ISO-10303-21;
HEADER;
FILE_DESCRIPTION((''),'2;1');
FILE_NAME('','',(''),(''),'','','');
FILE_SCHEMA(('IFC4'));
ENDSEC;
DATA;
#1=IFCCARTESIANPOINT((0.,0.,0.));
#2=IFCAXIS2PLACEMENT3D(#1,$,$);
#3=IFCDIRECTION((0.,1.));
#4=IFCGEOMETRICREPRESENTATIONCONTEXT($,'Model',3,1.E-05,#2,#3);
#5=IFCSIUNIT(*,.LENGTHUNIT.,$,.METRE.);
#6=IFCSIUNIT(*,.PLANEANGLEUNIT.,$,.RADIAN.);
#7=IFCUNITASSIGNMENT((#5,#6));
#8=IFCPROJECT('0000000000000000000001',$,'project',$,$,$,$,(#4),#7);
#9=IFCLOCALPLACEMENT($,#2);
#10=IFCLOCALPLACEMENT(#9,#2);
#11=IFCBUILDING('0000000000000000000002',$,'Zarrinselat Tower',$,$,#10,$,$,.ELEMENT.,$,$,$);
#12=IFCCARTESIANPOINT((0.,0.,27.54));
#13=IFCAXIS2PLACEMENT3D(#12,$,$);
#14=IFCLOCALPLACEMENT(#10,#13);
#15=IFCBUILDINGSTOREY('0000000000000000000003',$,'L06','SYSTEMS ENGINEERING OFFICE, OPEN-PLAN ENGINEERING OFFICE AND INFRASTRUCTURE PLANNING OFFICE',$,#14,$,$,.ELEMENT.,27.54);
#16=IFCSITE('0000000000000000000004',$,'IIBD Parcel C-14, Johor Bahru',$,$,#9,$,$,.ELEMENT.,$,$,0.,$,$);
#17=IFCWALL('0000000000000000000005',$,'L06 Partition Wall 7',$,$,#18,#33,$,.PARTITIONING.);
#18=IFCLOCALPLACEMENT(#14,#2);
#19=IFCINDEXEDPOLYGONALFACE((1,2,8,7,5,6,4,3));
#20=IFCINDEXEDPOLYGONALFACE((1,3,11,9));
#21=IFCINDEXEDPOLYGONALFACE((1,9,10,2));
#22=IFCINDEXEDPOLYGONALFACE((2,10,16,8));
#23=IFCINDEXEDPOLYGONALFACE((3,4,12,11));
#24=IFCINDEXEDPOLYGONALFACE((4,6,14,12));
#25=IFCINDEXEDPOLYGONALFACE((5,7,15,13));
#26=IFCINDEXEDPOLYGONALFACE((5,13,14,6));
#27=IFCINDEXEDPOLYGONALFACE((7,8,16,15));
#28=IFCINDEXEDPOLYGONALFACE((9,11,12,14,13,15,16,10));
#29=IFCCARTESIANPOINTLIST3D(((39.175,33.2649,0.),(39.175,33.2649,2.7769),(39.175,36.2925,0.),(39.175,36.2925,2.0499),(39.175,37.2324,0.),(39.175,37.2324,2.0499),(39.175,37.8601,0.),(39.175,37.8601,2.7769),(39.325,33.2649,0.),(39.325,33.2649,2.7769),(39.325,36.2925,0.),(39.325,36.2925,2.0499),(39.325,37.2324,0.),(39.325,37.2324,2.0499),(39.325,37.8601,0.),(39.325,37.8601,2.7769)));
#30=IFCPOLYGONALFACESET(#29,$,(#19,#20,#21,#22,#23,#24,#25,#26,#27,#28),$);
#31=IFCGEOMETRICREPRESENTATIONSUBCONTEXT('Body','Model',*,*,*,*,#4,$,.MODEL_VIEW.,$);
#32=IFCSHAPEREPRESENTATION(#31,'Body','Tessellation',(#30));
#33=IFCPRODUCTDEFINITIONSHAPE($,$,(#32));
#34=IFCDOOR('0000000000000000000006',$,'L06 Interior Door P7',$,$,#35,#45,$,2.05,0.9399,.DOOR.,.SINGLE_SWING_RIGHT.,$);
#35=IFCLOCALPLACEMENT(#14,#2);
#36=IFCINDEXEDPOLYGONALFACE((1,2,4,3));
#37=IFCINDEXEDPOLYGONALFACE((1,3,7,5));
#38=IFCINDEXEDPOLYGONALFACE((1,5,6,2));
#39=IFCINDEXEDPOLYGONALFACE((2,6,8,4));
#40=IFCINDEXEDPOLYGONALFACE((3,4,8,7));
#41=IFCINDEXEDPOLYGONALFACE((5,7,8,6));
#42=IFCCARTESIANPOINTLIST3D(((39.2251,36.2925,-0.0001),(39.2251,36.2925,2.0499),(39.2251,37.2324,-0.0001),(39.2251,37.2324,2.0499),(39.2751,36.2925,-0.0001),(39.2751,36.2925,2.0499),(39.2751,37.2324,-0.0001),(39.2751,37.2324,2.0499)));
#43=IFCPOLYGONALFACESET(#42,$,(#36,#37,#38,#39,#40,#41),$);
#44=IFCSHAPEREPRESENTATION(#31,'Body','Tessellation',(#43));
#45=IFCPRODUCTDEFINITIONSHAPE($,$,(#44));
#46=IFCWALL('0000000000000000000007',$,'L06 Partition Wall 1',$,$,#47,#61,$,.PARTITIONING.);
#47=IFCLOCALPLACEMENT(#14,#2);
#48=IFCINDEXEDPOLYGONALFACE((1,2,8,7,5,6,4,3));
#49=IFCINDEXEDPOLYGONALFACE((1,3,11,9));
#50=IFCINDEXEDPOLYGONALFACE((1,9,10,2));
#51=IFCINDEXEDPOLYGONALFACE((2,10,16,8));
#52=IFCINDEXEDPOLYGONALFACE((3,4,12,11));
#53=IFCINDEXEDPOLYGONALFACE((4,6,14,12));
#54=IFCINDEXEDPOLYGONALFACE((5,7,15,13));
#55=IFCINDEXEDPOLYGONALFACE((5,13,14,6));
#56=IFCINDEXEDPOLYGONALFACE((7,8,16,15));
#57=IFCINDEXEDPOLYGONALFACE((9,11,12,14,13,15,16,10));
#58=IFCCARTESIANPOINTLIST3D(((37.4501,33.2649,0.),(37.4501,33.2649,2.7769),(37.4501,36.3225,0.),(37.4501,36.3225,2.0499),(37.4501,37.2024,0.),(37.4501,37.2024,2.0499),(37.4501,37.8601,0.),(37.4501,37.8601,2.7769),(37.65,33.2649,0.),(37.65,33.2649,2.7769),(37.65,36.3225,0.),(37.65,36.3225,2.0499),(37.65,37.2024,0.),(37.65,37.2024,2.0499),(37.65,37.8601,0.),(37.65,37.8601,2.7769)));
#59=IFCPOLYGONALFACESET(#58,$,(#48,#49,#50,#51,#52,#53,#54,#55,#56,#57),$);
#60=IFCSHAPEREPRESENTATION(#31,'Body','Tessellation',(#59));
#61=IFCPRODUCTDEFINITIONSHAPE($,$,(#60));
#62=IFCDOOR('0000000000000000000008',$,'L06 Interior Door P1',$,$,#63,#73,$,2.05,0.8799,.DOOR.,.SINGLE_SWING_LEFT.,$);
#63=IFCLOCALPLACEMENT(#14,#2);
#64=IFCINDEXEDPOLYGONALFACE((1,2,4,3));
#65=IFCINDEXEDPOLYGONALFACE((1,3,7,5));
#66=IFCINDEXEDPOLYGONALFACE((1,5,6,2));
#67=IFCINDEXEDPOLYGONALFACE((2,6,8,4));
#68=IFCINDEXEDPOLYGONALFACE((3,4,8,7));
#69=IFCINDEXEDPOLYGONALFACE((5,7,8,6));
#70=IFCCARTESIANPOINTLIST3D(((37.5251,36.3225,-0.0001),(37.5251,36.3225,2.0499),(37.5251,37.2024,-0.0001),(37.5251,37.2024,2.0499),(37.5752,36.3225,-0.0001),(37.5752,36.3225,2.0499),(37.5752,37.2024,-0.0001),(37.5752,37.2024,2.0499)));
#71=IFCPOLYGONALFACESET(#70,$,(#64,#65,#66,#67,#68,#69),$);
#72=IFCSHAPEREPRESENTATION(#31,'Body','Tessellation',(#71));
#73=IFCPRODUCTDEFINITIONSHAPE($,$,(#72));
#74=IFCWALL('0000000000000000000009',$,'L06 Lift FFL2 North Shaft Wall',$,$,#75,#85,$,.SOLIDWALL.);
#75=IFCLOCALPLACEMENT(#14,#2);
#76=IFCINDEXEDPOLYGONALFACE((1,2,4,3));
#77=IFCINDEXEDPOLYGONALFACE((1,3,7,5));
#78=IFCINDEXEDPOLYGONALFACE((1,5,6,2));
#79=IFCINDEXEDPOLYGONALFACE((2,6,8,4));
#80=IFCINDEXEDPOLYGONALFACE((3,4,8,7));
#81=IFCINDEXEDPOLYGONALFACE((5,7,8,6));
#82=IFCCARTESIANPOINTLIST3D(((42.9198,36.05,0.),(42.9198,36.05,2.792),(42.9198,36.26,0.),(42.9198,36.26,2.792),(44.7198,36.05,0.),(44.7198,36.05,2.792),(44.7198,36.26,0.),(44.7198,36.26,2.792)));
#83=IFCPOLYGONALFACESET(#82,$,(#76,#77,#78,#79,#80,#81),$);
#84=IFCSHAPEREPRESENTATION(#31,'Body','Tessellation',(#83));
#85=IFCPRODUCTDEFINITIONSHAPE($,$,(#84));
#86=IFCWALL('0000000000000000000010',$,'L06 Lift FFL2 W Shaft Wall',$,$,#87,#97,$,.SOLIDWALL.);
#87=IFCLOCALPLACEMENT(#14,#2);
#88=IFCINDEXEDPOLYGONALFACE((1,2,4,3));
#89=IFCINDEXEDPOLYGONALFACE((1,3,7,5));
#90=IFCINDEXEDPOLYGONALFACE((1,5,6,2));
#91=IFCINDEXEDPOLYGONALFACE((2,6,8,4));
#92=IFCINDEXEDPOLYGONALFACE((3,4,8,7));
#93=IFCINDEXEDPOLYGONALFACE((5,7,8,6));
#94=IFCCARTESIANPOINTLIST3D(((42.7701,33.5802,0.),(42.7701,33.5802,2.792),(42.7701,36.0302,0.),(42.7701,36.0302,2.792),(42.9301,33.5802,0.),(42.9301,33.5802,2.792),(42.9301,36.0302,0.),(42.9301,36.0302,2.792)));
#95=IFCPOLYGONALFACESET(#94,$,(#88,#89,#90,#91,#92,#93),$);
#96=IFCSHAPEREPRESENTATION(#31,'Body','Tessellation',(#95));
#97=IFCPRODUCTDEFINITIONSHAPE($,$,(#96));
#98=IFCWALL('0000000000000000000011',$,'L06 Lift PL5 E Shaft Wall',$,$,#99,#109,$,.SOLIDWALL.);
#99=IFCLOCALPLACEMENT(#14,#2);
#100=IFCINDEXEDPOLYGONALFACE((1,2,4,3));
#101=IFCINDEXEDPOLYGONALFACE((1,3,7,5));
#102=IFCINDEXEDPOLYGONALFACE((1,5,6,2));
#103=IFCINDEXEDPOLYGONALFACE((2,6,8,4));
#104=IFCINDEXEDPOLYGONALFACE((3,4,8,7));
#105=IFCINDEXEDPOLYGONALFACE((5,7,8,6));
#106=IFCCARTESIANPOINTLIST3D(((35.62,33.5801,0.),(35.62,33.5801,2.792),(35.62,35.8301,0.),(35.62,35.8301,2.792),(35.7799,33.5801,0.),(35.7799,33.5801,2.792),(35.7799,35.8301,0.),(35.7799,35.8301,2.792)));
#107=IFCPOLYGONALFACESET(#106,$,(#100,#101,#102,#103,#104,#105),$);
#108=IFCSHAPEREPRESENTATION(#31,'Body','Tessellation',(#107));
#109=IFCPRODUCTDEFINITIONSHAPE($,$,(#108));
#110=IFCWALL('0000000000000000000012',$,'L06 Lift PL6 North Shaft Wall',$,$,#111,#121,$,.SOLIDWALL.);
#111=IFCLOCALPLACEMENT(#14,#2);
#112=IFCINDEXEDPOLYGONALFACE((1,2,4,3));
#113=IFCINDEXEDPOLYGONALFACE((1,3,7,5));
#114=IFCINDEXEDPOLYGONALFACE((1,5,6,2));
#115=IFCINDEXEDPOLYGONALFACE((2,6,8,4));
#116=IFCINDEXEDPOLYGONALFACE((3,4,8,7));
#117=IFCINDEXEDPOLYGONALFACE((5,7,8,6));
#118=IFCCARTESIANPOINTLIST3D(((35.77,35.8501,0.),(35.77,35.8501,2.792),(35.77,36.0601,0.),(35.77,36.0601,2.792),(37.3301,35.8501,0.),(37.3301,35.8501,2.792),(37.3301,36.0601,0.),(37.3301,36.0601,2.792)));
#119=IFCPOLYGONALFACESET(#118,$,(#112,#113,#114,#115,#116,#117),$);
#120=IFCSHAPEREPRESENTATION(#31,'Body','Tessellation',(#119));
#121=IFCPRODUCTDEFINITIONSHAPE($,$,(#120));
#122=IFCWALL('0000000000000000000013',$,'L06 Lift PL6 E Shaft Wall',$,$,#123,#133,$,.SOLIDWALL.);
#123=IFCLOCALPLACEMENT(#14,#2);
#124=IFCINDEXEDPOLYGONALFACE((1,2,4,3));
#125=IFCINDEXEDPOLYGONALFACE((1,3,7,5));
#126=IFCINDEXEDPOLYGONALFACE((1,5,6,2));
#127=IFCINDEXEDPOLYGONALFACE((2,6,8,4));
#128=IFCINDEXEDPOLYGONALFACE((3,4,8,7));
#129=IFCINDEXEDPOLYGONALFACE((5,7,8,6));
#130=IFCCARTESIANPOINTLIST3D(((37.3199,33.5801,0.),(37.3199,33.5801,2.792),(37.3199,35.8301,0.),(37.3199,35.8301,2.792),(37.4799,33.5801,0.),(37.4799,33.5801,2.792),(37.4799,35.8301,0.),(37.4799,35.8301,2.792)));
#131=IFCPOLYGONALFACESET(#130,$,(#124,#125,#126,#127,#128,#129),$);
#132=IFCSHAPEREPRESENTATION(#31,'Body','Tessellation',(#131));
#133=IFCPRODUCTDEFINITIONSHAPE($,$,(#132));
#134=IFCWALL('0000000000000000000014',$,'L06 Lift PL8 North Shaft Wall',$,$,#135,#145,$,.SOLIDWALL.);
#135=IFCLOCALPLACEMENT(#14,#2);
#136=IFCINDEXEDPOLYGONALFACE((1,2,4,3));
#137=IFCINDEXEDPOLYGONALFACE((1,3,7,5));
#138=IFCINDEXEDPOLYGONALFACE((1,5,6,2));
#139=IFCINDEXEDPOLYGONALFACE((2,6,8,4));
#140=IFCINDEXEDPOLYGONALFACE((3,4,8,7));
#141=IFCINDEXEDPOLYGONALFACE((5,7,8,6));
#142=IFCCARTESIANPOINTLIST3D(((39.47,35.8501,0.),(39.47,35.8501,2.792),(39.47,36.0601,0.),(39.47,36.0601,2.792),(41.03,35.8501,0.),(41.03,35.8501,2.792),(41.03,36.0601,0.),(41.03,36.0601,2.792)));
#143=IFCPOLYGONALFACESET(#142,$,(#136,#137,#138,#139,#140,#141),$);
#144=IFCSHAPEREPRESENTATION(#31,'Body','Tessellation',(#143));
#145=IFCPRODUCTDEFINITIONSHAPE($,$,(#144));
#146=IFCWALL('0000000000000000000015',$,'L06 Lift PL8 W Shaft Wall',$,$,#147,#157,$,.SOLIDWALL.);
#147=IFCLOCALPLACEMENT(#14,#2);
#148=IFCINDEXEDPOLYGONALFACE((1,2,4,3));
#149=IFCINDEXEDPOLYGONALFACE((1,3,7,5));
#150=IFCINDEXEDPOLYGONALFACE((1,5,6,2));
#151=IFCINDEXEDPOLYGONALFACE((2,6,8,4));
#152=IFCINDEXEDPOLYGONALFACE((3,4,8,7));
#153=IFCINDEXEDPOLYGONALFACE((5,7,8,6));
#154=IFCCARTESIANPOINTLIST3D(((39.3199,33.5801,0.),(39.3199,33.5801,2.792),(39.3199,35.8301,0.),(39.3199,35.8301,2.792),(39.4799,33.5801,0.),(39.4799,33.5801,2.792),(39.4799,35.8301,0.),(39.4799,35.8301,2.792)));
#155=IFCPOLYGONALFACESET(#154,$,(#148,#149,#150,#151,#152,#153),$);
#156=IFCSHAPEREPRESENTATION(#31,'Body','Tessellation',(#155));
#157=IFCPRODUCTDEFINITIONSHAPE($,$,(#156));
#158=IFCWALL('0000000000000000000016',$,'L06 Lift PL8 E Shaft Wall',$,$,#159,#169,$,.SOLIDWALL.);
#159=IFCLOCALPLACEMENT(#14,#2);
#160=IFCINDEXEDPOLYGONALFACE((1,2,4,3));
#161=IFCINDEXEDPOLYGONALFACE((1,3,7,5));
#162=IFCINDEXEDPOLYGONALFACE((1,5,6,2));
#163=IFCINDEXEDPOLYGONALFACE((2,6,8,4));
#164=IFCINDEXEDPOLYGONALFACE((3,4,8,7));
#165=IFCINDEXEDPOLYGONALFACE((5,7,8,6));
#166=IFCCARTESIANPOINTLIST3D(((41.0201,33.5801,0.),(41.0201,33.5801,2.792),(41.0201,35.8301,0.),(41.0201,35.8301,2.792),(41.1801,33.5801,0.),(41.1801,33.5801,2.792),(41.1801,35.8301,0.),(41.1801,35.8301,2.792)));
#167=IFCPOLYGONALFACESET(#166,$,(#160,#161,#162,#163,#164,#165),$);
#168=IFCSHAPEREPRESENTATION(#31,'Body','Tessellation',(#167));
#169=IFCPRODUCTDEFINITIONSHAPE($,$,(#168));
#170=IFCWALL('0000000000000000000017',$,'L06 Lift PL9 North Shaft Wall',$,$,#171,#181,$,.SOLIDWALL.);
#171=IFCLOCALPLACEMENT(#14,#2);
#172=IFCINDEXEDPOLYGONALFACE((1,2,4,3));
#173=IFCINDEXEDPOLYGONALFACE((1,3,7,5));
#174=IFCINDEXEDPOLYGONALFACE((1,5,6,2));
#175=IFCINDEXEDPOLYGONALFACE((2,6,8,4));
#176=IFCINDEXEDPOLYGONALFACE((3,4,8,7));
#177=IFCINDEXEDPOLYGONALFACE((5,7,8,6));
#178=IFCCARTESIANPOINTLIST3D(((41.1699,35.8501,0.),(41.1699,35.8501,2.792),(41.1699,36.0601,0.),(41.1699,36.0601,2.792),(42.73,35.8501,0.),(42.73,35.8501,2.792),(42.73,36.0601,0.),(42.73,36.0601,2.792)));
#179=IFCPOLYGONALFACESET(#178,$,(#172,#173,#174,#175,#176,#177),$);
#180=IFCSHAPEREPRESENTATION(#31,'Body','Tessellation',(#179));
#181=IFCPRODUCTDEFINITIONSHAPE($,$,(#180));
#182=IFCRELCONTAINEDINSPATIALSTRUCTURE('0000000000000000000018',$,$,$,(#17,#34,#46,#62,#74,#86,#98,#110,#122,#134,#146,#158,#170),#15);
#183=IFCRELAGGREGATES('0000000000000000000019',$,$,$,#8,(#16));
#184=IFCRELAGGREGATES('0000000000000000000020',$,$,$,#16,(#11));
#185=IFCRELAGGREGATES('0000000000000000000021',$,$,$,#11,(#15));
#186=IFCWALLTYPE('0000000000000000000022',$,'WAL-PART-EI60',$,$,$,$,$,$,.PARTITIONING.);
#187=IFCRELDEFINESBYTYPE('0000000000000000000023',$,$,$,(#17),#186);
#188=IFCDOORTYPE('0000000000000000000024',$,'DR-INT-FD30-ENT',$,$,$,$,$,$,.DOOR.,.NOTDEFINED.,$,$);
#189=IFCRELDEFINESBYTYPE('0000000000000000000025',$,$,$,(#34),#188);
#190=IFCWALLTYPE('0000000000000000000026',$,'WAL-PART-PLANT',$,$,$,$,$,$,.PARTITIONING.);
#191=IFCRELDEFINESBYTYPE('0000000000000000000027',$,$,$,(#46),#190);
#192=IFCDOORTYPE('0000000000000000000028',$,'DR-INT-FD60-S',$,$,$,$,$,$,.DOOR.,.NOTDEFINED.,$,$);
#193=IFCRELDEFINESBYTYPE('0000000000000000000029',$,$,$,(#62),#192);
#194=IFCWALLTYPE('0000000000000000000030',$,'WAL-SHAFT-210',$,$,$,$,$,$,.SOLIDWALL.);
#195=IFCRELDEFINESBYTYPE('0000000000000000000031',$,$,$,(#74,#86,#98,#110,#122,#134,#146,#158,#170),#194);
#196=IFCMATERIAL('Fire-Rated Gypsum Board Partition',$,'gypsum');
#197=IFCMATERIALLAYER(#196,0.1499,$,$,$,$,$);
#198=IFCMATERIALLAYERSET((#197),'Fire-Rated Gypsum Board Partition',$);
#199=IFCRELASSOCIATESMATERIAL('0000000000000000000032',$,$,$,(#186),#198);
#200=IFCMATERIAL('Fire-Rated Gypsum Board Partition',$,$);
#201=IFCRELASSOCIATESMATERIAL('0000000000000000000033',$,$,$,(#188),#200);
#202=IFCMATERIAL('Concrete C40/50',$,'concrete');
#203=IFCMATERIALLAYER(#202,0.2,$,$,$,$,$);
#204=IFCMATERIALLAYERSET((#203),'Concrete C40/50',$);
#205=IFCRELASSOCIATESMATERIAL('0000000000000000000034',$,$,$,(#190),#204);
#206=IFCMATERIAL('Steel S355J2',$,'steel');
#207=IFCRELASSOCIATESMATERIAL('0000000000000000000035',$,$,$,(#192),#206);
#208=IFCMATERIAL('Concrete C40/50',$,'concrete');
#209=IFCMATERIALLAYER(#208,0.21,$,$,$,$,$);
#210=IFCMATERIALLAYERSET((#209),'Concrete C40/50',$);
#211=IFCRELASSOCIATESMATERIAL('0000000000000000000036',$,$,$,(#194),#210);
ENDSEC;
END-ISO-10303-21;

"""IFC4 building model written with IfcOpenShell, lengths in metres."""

from ifc_helpers import new_model, si_unit, direction, frame, frame_2d, origin, place, context, subcontext, project, spatial, rectangle, extrude, material, layer, layer_set, type_object, element, fill, save


model = new_model("IFC4")

# Units and contexts
model_context = context("Model", 3, precision=1e-05, world=origin(), true_north=direction((0.0, 1.0)))
body_context = subcontext(model_context, "Body", "Model", "MODEL_VIEW")
ifc_project = project(units=[si_unit("LENGTHUNIT", "METRE"), si_unit("PLANEANGLEUNIT", "RADIAN")], contexts=[model_context])

# Site, building, storey
site_placement = place(None, origin())
site = spatial("IfcSite", under=ifc_project, at=site_placement, Name="IIBD Parcel C-14, Johor Bahru", CompositionType="ELEMENT", RefElevation=0.0)
building_placement = place(site_placement, origin())
building = spatial("IfcBuilding", under=site, at=building_placement, Name="Zarrinselat Tower", CompositionType="ELEMENT")
storey_placement = place(building_placement, frame((0.0, 0.0, 27.54)))
storey = spatial("IfcBuildingStorey", under=building, at=storey_placement, Name="L06", Description="SYSTEMS ENGINEERING OFFICE, OPEN-PLAN ENGINEERING OFFICE AND INFRASTRUCTURE PLANNING OFFICE", CompositionType="ELEMENT", Elevation=27.54)

# Walls, openings, doors
ifc_material_1 = material(Name="Fire-Rated Gypsum Board Partition", Category="gypsum")
ifc_layer_1 = layer(ifc_material_1, 0.1499)
ifc_layer_set_1 = layer_set([ifc_layer_1], Name="Fire-Rated Gypsum Board Partition")
wall_type_1 = type_object("IfcWallType", Name="WAL-PART-EI60", PredefinedType="PARTITIONING", material=ifc_layer_set_1)
wall_1_placement = place(storey_placement, frame((39.25, 33.2649, 0.0), z_axis=(0.0, 0.0, 1.0), x_axis=(0.0, 1.0, 0.0)))
wall_1 = element("IfcWall", 1, at=wall_1_placement, inside=storey, type_object=wall_type_1, Name="L06 Partition Wall 7", PredefinedType="PARTITIONING", context=body_context, shape_type="SweptSolid", body=[
    extrude(rectangle(XDim=4.5952, YDim=0.1499, at=frame_2d((2.2976, 0.0))), origin(), (0.0, 0.0, 1.0), 2.7769),
])
opening_1_placement = place(wall_1_placement, frame((3.0276, 0.0, 0.0)))
opening_1 = element("IfcOpeningElement", 2, at=opening_1_placement, cuts=wall_1, PredefinedType="OPENING", context=body_context, shape_type="SweptSolid", body=[
    extrude(rectangle(XDim=0.9399, YDim=2.05, at=frame_2d((0.47, 1.0249))), frame((0.0, 0.085, 0.0), z_axis=(0.0, -1.0, 0.0), x_axis=(1.0, 0.0, 0.0)), (0.0, 0.0, 1.0), 0.1699),
])
ifc_material_2 = material(Name="Fire-Rated Gypsum Board Partition")
door_type_1 = type_object("IfcDoorType", Name="DR-INT-FD30-ENT", OperationType="NOTDEFINED", PredefinedType="DOOR", material=ifc_material_2)
door_1_placement = place(opening_1_placement, origin())
door_1 = element("IfcDoor", 3, at=door_1_placement, inside=storey, type_object=door_type_1, Name="L06 Interior Door P7", OperationType="SINGLE_SWING_RIGHT", OverallHeight=2.05, OverallWidth=0.9399, PredefinedType="DOOR", context=body_context, shape_type="SweptSolid", body=[
    extrude(rectangle(XDim=0.9399, YDim=2.05, at=frame_2d((0.47, 1.0249))), frame((0.0, 0.0249, 0.0), z_axis=(0.0, -1.0, 0.0), x_axis=(1.0, 0.0, 0.0)), (0.0, 0.0, 1.0), 0.05),
])
fill(opening_1, door_1)
ifc_material_3 = material(Name="Concrete C40/50", Category="concrete")
ifc_layer_2 = layer(ifc_material_3, 0.2)
ifc_layer_set_2 = layer_set([ifc_layer_2], Name="Concrete C40/50")
wall_type_2 = type_object("IfcWallType", Name="WAL-PART-PLANT", PredefinedType="PARTITIONING", material=ifc_layer_set_2)
wall_2_placement = place(storey_placement, frame((37.55, 33.2649, 0.0), z_axis=(0.0, 0.0, 1.0), x_axis=(0.0, 1.0, 0.0)))
wall_2 = element("IfcWall", 4, at=wall_2_placement, inside=storey, type_object=wall_type_2, Name="L06 Partition Wall 1", PredefinedType="PARTITIONING", context=body_context, shape_type="SweptSolid", body=[
    extrude(rectangle(XDim=4.5952, YDim=0.2, at=frame_2d((2.2976, 0.0))), origin(), (0.0, 0.0, 1.0), 2.7769),
])
opening_2_placement = place(wall_2_placement, frame((3.0576, 0.0, 0.0)))
opening_2 = element("IfcOpeningElement", 5, at=opening_2_placement, cuts=wall_2, PredefinedType="OPENING", context=body_context, shape_type="SweptSolid", body=[
    extrude(rectangle(XDim=0.8799, YDim=2.05, at=frame_2d((0.4399, 1.0249))), frame((0.0, 0.1099, 0.0), z_axis=(0.0, -1.0, 0.0), x_axis=(1.0, 0.0, 0.0)), (0.0, 0.0, 1.0), 0.22),
])
ifc_material_4 = material(Name="Steel S355J2", Category="steel")
door_type_2 = type_object("IfcDoorType", Name="DR-INT-FD60-S", OperationType="NOTDEFINED", PredefinedType="DOOR", material=ifc_material_4)
door_2_placement = place(opening_2_placement, origin())
door_2 = element("IfcDoor", 6, at=door_2_placement, inside=storey, type_object=door_type_2, Name="L06 Interior Door P1", OperationType="SINGLE_SWING_LEFT", OverallHeight=2.05, OverallWidth=0.8799, PredefinedType="DOOR", context=body_context, shape_type="SweptSolid", body=[
    extrude(rectangle(XDim=0.8799, YDim=2.05, at=frame_2d((0.4399, 1.0249))), frame((0.0, 0.0249, 0.0), z_axis=(0.0, -1.0, 0.0), x_axis=(1.0, 0.0, 0.0)), (0.0, 0.0, 1.0), 0.05),
])
fill(opening_2, door_2)

# Walls
ifc_material_5 = material(Name="Concrete C40/50", Category="concrete")
ifc_layer_3 = layer(ifc_material_5, 0.21)
ifc_layer_set_3 = layer_set([ifc_layer_3], Name="Concrete C40/50")
wall_type_3 = type_object("IfcWallType", Name="WAL-SHAFT-210", PredefinedType="SOLIDWALL", material=ifc_layer_set_3)
wall_3_placement = place(storey_placement, frame((42.9199, 36.155, 0.0), z_axis=(0.0, 0.0, 1.0), x_axis=(1.0, 0.0, 0.0)))
element("IfcWall", 7, at=wall_3_placement, inside=storey, type_object=wall_type_3, Name="L06 Lift FFL2 North Shaft Wall", PredefinedType="SOLIDWALL", context=body_context, shape_type="SweptSolid", body=[
    extrude(rectangle(XDim=1.8, YDim=0.21, at=frame_2d((0.8999, 0.0))), origin(), (0.0, 0.0, 1.0), 2.792),
])
wall_4_placement = place(storey_placement, frame((42.8501, 33.5801, 0.0), z_axis=(0.0, 0.0, 1.0), x_axis=(0.0, 1.0, 0.0)))
element("IfcWall", 8, at=wall_4_placement, inside=storey, type_object=wall_type_3, Name="L06 Lift FFL2 W Shaft Wall", PredefinedType="SOLIDWALL", context=body_context, shape_type="SweptSolid", body=[
    extrude(rectangle(XDim=2.45, YDim=0.1599, at=frame_2d((1.2251, 0.0))), origin(), (0.0, 0.0, 1.0), 2.792),
])
wall_5_placement = place(storey_placement, frame((35.7, 33.5801, 0.0), z_axis=(0.0, 0.0, 1.0), x_axis=(0.0, 1.0, 0.0)))
element("IfcWall", 9, at=wall_5_placement, inside=storey, type_object=wall_type_3, Name="L06 Lift PL5 E Shaft Wall", PredefinedType="SOLIDWALL", context=body_context, shape_type="SweptSolid", body=[
    extrude(rectangle(XDim=2.25, YDim=0.1599, at=frame_2d((1.125, 0.0))), origin(), (0.0, 0.0, 1.0), 2.792),
])
wall_6_placement = place(storey_placement, frame((35.77, 35.9551, 0.0), z_axis=(0.0, 0.0, 1.0), x_axis=(1.0, 0.0, 0.0)))
element("IfcWall", 10, at=wall_6_placement, inside=storey, type_object=wall_type_3, Name="L06 Lift PL6 North Shaft Wall", PredefinedType="SOLIDWALL", context=body_context, shape_type="SweptSolid", body=[
    extrude(rectangle(XDim=1.5601, YDim=0.21, at=frame_2d((0.78, 0.0))), origin(), (0.0, 0.0, 1.0), 2.792),
])
wall_7_placement = place(storey_placement, frame((37.3999, 33.5801, 0.0), z_axis=(0.0, 0.0, 1.0), x_axis=(0.0, 1.0, 0.0)))
element("IfcWall", 11, at=wall_7_placement, inside=storey, type_object=wall_type_3, Name="L06 Lift PL6 E Shaft Wall", PredefinedType="SOLIDWALL", context=body_context, shape_type="SweptSolid", body=[
    extrude(rectangle(XDim=2.25, YDim=0.1599, at=frame_2d((1.125, 0.0))), origin(), (0.0, 0.0, 1.0), 2.792),
])
wall_8_placement = place(storey_placement, frame((39.47, 35.9551, 0.0), z_axis=(0.0, 0.0, 1.0), x_axis=(1.0, 0.0, 0.0)))
element("IfcWall", 12, at=wall_8_placement, inside=storey, type_object=wall_type_3, Name="L06 Lift PL8 North Shaft Wall", PredefinedType="SOLIDWALL", context=body_context, shape_type="SweptSolid", body=[
    extrude(rectangle(XDim=1.5601, YDim=0.21, at=frame_2d((0.78, 0.0))), origin(), (0.0, 0.0, 1.0), 2.792),
])
for number, where, z_axis, x_axis, name in (
    (13, (39.3999, 33.5801, 0.0), (0.0, 0.0, 1.0), (0.0, 1.0, 0.0), "L06 Lift PL8 W Shaft Wall"),
    (14, (41.1001, 33.5801, 0.0), (0.0, 0.0, 1.0), (0.0, 1.0, 0.0), "L06 Lift PL8 E Shaft Wall"),
):
    element("IfcWall", number, at=place(storey_placement, frame(where, z_axis=z_axis, x_axis=x_axis)), inside=storey, type_object=wall_type_3, Name=name, PredefinedType="SOLIDWALL", context=body_context, shape_type="SweptSolid", body=[
        extrude(rectangle(XDim=2.25, YDim=0.1599, at=frame_2d((1.125, 0.0))), origin(), (0.0, 0.0, 1.0), 2.792),
    ])
wall_9_placement = place(storey_placement, frame((41.1699, 35.9551, 0.0), z_axis=(0.0, 0.0, 1.0), x_axis=(1.0, 0.0, 0.0)))
element("IfcWall", 15, at=wall_9_placement, inside=storey, type_object=wall_type_3, Name="L06 Lift PL9 North Shaft Wall", PredefinedType="SOLIDWALL", context=body_context, shape_type="SweptSolid", body=[
    extrude(rectangle(XDim=1.5601, YDim=0.21, at=frame_2d((0.78, 0.0))), origin(), (0.0, 0.0, 1.0), 2.792),
])

save(model, "model.ifc")
